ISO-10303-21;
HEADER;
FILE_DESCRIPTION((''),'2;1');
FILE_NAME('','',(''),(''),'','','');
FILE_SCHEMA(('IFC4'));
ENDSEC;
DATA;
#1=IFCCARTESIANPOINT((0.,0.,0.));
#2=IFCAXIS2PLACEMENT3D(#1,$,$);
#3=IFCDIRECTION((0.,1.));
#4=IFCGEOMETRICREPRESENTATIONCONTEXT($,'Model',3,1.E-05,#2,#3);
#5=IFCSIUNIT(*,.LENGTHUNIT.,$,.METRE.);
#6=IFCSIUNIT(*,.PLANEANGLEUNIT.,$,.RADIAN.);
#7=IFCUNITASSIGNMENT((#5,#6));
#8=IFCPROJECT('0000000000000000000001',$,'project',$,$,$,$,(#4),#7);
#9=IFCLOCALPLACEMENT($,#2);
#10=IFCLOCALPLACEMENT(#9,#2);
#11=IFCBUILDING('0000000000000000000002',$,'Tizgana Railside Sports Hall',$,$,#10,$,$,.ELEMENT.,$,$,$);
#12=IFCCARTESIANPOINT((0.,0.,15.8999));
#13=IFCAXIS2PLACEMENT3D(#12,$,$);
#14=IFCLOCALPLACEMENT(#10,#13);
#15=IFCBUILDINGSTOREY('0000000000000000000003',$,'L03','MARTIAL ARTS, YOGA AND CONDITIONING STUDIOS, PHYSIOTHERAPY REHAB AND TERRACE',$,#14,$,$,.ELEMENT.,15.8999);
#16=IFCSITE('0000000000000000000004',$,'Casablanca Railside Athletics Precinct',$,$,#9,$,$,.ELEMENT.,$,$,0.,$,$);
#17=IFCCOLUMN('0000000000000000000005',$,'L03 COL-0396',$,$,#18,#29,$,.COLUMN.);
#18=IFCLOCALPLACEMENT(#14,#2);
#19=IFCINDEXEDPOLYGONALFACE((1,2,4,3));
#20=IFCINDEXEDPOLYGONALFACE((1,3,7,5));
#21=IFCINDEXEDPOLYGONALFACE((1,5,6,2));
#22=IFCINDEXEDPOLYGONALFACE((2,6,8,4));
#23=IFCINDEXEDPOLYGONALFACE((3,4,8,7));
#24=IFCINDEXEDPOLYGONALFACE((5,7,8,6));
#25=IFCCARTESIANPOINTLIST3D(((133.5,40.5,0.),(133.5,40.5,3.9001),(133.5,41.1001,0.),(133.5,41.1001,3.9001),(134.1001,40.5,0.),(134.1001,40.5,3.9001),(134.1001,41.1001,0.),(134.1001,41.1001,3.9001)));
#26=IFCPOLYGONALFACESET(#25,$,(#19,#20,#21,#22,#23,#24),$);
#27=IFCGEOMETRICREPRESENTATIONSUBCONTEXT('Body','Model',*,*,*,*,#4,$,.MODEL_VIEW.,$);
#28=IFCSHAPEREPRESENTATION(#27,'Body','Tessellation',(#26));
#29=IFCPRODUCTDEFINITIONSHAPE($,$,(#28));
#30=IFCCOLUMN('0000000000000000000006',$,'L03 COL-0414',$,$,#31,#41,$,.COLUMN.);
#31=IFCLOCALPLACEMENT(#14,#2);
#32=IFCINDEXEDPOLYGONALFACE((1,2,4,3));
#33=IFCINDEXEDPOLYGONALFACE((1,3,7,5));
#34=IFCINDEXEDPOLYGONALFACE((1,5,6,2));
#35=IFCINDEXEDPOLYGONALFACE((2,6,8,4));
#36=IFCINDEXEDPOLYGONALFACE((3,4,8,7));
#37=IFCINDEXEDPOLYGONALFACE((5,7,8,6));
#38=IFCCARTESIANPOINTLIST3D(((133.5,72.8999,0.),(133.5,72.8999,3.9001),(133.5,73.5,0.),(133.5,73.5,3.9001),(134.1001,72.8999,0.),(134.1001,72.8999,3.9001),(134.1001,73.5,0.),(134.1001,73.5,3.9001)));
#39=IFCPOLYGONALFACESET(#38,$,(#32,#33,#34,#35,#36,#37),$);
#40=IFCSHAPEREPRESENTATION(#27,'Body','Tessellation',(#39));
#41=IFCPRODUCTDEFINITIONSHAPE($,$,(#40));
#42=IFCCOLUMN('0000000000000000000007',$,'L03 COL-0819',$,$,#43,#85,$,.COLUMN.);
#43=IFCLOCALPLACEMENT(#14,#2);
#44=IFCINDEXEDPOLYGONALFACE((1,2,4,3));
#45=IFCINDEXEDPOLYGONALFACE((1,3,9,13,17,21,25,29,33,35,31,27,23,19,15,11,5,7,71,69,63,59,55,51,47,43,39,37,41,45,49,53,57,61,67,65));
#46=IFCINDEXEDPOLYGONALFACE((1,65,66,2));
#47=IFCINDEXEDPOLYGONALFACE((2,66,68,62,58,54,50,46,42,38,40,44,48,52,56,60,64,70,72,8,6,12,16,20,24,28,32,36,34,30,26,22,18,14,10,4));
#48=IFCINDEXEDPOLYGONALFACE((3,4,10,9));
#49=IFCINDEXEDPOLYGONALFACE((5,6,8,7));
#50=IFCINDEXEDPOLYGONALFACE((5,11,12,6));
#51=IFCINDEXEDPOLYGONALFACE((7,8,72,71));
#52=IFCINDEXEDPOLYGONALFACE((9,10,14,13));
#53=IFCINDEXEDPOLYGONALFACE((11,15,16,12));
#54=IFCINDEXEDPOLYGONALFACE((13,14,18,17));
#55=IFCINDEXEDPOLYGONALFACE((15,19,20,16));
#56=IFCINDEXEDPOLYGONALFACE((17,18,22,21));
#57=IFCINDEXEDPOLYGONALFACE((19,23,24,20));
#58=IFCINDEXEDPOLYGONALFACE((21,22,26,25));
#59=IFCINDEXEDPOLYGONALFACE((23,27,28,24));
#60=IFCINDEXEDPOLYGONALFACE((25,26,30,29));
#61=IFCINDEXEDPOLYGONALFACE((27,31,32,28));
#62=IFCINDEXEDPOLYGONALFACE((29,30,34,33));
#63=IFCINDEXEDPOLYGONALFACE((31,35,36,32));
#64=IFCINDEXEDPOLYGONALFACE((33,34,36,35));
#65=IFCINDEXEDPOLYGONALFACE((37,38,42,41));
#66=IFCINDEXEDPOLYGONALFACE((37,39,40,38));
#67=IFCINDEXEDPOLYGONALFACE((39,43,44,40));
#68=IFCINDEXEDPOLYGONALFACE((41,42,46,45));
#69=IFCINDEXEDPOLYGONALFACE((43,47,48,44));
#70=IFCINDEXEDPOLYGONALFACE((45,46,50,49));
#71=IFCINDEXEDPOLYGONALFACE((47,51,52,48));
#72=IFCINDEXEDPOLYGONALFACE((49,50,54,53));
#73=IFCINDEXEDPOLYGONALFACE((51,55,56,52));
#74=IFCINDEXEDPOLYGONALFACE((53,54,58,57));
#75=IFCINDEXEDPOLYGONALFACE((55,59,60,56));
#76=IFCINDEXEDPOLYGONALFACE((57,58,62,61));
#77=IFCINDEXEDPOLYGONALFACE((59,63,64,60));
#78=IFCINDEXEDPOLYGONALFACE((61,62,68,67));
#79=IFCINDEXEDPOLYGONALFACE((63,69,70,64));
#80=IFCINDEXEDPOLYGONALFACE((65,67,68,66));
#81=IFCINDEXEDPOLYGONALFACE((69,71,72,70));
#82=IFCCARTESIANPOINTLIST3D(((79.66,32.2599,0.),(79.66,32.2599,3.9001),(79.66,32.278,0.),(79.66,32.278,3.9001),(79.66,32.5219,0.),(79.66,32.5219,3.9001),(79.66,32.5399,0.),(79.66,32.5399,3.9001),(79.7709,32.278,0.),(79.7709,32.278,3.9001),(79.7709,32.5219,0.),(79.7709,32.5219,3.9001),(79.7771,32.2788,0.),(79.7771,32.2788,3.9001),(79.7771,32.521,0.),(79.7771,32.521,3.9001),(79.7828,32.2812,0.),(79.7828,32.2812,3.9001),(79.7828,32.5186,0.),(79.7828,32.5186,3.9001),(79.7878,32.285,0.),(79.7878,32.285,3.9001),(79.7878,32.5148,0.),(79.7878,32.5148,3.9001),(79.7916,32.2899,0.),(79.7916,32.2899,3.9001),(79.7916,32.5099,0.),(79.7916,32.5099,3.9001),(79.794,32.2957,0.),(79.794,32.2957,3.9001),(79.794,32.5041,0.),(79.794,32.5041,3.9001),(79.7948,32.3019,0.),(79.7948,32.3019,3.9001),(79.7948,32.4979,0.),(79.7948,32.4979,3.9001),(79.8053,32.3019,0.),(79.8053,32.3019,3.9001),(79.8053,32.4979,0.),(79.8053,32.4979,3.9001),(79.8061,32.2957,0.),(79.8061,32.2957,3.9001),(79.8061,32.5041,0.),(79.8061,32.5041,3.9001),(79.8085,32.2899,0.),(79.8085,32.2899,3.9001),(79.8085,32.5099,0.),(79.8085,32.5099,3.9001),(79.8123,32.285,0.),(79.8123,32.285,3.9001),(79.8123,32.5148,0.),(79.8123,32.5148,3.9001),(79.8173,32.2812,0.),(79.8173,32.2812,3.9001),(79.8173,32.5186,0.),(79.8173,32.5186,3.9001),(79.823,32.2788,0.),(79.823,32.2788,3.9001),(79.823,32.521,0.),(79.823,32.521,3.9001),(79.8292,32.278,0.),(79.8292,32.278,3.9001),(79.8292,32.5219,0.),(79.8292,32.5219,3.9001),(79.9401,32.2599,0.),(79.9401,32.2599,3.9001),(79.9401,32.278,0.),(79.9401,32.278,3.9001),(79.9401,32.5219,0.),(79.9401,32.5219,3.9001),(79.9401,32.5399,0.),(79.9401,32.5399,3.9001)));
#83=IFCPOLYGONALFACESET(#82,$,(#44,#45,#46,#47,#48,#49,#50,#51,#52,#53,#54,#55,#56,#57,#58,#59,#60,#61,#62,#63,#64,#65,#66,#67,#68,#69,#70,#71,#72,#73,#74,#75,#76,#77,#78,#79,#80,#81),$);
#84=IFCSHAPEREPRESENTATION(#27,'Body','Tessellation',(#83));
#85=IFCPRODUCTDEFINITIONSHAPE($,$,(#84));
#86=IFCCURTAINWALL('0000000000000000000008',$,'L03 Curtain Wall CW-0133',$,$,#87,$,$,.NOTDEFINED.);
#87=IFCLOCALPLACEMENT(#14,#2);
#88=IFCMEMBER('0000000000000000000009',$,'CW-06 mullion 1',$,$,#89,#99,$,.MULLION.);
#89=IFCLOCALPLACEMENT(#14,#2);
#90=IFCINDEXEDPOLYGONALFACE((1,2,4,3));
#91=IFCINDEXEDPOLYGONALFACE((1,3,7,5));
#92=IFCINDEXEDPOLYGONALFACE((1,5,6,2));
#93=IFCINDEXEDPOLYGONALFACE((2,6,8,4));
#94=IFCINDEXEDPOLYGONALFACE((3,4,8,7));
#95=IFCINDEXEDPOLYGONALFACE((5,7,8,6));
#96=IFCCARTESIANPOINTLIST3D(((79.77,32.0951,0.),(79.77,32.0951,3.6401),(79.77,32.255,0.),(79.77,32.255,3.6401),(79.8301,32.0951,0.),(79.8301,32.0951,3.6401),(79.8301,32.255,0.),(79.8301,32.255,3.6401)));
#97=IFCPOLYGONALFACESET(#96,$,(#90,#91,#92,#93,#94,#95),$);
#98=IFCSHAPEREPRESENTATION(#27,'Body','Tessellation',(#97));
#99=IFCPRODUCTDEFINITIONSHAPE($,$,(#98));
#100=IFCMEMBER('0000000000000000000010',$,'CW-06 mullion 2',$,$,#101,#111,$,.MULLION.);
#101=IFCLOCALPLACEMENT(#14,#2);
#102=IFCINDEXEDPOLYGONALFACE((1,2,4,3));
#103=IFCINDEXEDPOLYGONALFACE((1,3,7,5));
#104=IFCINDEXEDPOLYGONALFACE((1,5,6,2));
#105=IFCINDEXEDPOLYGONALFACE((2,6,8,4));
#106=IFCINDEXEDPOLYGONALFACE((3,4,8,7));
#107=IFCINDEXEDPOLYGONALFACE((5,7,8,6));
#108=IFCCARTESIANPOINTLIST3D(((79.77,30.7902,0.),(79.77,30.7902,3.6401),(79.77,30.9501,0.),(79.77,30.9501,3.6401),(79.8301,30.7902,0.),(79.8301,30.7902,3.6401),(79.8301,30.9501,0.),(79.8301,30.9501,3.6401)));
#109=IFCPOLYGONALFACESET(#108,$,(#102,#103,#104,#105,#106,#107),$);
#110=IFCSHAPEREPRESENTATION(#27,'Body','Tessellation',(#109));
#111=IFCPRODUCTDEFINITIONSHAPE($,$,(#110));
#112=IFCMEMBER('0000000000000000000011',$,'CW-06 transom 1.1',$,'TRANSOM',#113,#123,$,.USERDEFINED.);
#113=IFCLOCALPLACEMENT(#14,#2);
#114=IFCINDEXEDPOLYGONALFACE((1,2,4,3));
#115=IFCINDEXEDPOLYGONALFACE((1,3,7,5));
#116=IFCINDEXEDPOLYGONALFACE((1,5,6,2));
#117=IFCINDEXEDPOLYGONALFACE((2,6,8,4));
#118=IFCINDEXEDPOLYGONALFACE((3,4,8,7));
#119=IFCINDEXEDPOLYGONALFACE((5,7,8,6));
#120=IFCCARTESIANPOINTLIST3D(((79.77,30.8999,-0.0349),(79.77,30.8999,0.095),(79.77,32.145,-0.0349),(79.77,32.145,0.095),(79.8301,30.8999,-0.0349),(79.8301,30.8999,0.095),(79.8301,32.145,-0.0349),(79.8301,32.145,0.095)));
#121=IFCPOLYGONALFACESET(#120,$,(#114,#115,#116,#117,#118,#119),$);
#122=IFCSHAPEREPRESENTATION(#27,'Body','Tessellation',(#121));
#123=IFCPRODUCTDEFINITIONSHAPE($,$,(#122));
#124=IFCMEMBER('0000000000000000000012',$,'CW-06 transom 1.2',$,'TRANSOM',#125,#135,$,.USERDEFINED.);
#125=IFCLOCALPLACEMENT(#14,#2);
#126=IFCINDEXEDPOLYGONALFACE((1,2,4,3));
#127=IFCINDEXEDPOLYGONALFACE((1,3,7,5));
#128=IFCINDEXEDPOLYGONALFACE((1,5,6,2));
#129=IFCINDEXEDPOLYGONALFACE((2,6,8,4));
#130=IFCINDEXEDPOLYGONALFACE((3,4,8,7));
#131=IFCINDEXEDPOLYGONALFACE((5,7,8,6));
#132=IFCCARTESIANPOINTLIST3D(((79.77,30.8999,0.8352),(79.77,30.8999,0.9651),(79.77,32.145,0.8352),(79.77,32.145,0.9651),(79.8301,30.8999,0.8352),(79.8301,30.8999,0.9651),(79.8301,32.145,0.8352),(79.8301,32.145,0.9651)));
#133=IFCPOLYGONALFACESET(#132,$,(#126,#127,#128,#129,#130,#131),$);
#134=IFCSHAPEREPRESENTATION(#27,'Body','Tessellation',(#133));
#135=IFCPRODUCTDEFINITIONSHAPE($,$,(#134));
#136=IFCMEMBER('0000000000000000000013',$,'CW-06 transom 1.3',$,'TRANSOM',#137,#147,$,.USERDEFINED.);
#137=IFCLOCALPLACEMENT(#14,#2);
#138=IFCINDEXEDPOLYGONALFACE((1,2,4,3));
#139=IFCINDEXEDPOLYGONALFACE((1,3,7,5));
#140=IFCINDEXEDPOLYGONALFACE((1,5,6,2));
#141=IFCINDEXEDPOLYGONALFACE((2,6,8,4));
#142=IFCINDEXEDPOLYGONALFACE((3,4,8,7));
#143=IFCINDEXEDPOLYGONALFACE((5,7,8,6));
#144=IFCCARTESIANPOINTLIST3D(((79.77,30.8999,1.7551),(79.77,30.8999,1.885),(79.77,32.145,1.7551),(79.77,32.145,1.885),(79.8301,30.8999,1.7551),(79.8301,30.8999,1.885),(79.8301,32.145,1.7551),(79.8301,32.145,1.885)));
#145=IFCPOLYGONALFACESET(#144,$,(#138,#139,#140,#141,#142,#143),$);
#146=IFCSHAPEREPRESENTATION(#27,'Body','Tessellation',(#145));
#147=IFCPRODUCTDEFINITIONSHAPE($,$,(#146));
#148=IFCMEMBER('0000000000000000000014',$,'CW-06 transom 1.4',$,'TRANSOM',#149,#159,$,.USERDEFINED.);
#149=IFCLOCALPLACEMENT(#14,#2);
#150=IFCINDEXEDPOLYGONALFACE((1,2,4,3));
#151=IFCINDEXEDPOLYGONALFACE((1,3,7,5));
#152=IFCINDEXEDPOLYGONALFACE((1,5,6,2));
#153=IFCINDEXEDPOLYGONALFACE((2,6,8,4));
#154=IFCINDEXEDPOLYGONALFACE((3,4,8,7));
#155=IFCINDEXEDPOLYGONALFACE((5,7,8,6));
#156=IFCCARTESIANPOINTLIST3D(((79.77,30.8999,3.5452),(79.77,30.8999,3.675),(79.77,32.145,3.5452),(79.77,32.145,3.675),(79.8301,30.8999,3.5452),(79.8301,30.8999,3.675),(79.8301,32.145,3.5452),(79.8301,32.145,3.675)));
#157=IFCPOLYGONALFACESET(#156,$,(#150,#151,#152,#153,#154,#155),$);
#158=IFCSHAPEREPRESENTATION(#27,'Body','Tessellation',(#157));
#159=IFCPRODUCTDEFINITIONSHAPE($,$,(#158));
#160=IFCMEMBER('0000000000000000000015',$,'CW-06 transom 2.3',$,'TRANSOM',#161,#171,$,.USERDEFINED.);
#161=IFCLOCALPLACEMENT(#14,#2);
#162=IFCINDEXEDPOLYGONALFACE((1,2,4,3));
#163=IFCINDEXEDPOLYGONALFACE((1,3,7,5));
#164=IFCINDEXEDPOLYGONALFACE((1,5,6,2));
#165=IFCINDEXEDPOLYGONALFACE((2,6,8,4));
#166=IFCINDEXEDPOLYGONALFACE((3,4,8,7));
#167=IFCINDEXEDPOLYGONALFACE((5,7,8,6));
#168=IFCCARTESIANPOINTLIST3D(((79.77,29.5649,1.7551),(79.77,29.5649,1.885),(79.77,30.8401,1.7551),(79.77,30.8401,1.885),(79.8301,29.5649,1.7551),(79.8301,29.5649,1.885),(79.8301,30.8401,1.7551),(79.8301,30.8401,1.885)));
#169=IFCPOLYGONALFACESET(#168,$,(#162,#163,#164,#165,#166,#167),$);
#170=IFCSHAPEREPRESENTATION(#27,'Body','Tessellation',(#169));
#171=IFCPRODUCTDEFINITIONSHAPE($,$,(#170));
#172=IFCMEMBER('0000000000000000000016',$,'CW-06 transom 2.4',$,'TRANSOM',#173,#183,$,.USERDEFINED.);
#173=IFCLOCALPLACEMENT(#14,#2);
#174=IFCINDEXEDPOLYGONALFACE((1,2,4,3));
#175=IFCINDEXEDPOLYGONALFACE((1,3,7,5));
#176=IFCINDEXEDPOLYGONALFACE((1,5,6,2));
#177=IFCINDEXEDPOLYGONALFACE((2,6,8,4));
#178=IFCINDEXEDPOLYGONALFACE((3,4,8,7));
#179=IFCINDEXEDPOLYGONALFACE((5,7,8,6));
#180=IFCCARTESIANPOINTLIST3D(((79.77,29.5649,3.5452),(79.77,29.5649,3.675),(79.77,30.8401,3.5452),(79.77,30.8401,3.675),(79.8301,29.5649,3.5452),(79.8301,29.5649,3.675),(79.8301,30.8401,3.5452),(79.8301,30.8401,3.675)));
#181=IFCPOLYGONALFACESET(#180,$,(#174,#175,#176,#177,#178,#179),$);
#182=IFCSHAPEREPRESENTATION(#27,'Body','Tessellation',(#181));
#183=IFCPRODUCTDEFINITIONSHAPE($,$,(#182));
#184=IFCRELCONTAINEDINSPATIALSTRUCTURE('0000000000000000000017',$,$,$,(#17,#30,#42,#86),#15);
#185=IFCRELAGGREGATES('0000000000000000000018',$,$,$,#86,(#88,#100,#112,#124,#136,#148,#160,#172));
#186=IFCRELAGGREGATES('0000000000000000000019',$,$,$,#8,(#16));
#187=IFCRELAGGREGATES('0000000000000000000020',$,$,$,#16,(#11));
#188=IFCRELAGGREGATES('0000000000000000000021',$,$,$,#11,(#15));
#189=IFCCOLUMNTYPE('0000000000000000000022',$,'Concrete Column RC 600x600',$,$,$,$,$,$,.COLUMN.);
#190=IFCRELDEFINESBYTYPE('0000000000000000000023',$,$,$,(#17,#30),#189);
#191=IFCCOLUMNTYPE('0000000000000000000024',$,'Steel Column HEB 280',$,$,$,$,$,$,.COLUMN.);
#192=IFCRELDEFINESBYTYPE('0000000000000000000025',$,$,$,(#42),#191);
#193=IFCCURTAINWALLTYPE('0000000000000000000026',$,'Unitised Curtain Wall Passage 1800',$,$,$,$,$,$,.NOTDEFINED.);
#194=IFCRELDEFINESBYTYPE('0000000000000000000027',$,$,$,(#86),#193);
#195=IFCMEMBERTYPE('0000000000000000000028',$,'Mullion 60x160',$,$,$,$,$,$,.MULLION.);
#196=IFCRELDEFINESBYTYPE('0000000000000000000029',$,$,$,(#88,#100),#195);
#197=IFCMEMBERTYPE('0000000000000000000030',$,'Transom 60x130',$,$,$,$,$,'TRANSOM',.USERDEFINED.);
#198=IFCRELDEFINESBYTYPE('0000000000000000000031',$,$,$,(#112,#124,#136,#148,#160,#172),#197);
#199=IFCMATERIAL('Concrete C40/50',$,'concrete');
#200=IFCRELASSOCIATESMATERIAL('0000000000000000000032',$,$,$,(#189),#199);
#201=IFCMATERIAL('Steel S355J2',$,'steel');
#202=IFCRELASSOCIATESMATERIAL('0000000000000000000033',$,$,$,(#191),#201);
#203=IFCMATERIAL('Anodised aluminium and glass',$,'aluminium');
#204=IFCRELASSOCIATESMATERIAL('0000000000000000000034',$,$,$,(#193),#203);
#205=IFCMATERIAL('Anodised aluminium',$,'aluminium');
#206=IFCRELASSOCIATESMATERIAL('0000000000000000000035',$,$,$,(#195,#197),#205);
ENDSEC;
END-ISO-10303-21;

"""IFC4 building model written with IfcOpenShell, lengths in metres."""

from ifc_helpers import new_model, si_unit, direction, frame, origin, origin_2d, place, context, subcontext, project, spatial, rectangle, i_section, extrude, material, material_profile, profile_set, type_object, element, aggregate, save


model = new_model("IFC4")

# Units and contexts
model_context = context("Model", 3, precision=1e-05, world=origin(), true_north=direction((0.0, 1.0)))
body_context = subcontext(model_context, "Body", "Model", "MODEL_VIEW")
ifc_project = project(units=[si_unit("LENGTHUNIT", "METRE"), si_unit("PLANEANGLEUNIT", "RADIAN")], contexts=[model_context])

# Site, building, storey
site_placement = place(None, origin())
site = spatial("IfcSite", under=ifc_project, at=site_placement, Name="Casablanca Railside Athletics Precinct", CompositionType="ELEMENT", RefElevation=0.0)
building_placement = place(site_placement, origin())
building = spatial("IfcBuilding", under=site, at=building_placement, Name="Tizgana Railside Sports Hall", CompositionType="ELEMENT")
storey_placement = place(building_placement, frame((0.0, 0.0, 15.8999)))
storey = spatial("IfcBuildingStorey", under=building, at=storey_placement, Name="L03", Description="MARTIAL ARTS, YOGA AND CONDITIONING STUDIOS, PHYSIOTHERAPY REHAB AND TERRACE", CompositionType="ELEMENT", Elevation=15.8999)

# Columns
ifc_material_1 = material(Name="Concrete C40/50", Category="concrete")
ifc_material_profile_1 = material_profile(ifc_material_1, rectangle(XDim=0.6001, YDim=0.6001, at=origin_2d()), Name="RC 600x600")
ifc_profile_set_1 = profile_set([ifc_material_profile_1], Name="Concrete C40/50")
column_type_1 = type_object("IfcColumnType", Name="Concrete Column RC 600x600", PredefinedType="COLUMN", material=ifc_profile_set_1)
for number, where, z_axis, x_axis, name in (
    (1, (133.8, 40.8, 0.0), (0.0, 0.0, 1.0), (1.0, 0.0, 0.0), "L03 COL-0396"),
    (2, (133.8, 73.2, 0.0), (0.0, 0.0, 1.0), (1.0, 0.0, 0.0), "L03 COL-0414"),
):
    element("IfcColumn", number, at=place(storey_placement, frame(where, z_axis=z_axis, x_axis=x_axis)), inside=storey, type_object=column_type_1, Name=name, PredefinedType="COLUMN", context=body_context, shape_type="SweptSolid", body=[
        extrude(rectangle(XDim=0.6001, YDim=0.6001, at=origin_2d()), origin(), (0.0, 0.0, 1.0), 3.9001),
    ])
ifc_material_2 = material(Name="Steel S355J2", Category="steel")
ifc_material_profile_2 = material_profile(ifc_material_2, i_section(OverallWidth=0.28, OverallDepth=0.28, WebThickness=0.0105, FlangeThickness=0.0181, FilletRadius=0.0239, at=origin_2d()), Name="HEB 280")
ifc_profile_set_2 = profile_set([ifc_material_profile_2], Name="Steel S355J2")
column_type_2 = type_object("IfcColumnType", Name="Steel Column HEB 280", PredefinedType="COLUMN", material=ifc_profile_set_2)
column_placement = place(storey_placement, frame((79.8, 32.3999, 0.0), z_axis=(0.0, 0.0, 1.0), x_axis=(1.0, 0.0, 0.0)))
element("IfcColumn", 3, at=column_placement, inside=storey, type_object=column_type_2, Name="L03 COL-0819", PredefinedType="COLUMN", context=body_context, shape_type="SweptSolid", body=[
    extrude(i_section(OverallWidth=0.28, OverallDepth=0.28, WebThickness=0.0105, FlangeThickness=0.0181, FilletRadius=0.0239, at=origin_2d()), origin(), (0.0, 0.0, 1.0), 3.9001),
])

# Curtain wall, members
ifc_material_3 = material(Name="Anodised aluminium and glass", Category="aluminium")
curtain_wall_type = type_object("IfcCurtainWallType", Name="Unitised Curtain Wall Passage 1800", PredefinedType="NOTDEFINED", material=ifc_material_3)
curtain_wall_placement = place(storey_placement, origin())
curtain_wall = element("IfcCurtainWall", 4, at=curtain_wall_placement, inside=storey, type_object=curtain_wall_type, Name="L03 Curtain Wall CW-0133", PredefinedType="NOTDEFINED")
ifc_material_4 = material(Name="Anodised aluminium", Category="aluminium")
ifc_material_profile_3 = material_profile(ifc_material_4, rectangle(XDim=0.0601, YDim=0.1599, at=origin_2d()), Name="Mullion 60x160")
ifc_profile_set_3 = profile_set([ifc_material_profile_3], Name="Anodised aluminium")
member_type_1 = type_object("IfcMemberType", Name="Mullion 60x160", PredefinedType="MULLION", material=ifc_profile_set_3)
member_1_placement = place(storey_placement, frame((79.8, 32.175, 0.0), z_axis=(0.0, 0.0, 1.0), x_axis=(1.0, 0.0, 0.0)))
member_1 = element("IfcMember", 5, at=member_1_placement, type_object=member_type_1, Name="CW-06 mullion 1", PredefinedType="MULLION", context=body_context, shape_type="SweptSolid", body=[
    extrude(rectangle(XDim=0.0601, YDim=0.1599, at=origin_2d()), origin(), (0.0, 0.0, 1.0), 3.6401),
])
member_2_placement = place(storey_placement, frame((79.8, 30.8701, 0.0), z_axis=(0.0, 0.0, 1.0), x_axis=(1.0, 0.0, 0.0)))
member_2 = element("IfcMember", 6, at=member_2_placement, type_object=member_type_1, Name="CW-06 mullion 2", PredefinedType="MULLION", context=body_context, shape_type="SweptSolid", body=[
    extrude(rectangle(XDim=0.0601, YDim=0.1599, at=origin_2d()), origin(), (0.0, 0.0, 1.0), 3.6401),
])
ifc_material_profile_4 = material_profile(ifc_material_4, rectangle(XDim=0.0601, YDim=0.1299, at=origin_2d()), Name="Transom 60x130")
ifc_profile_set_4 = profile_set([ifc_material_profile_4], Name="Anodised aluminium")
member_type_2 = type_object("IfcMemberType", Name="Transom 60x130", ElementType="TRANSOM", PredefinedType="USERDEFINED", material=ifc_profile_set_4)
member_3_placement = place(storey_placement, frame((79.8, 32.145, 0.03), z_axis=(0.0, -1.0, 0.0), x_axis=(1.0, 0.0, 0.0)))
member_3 = element("IfcMember", 7, at=member_3_placement, type_object=member_type_2, Name="CW-06 transom 1.1", ObjectType="TRANSOM", PredefinedType="USERDEFINED", context=body_context, shape_type="SweptSolid", body=[
    extrude(rectangle(XDim=0.0601, YDim=0.1299, at=origin_2d()), origin(), (0.0, 0.0, 1.0), 1.2451),
])
member_4_placement = place(storey_placement, frame((79.8, 32.145, 0.9001), z_axis=(0.0, -1.0, 0.0), x_axis=(1.0, 0.0, 0.0)))
member_4 = element("IfcMember", 8, at=member_4_placement, type_object=member_type_2, Name="CW-06 transom 1.2", ObjectType="TRANSOM", PredefinedType="USERDEFINED", context=body_context, shape_type="SweptSolid", body=[
    extrude(rectangle(XDim=0.0601, YDim=0.1299, at=origin_2d()), origin(), (0.0, 0.0, 1.0), 1.2451),
])
member_5_placement = place(storey_placement, frame((79.8, 32.145, 1.8201), z_axis=(0.0, -1.0, 0.0), x_axis=(1.0, 0.0, 0.0)))
member_5 = element("IfcMember", 9, at=member_5_placement, type_object=member_type_2, Name="CW-06 transom 1.3", ObjectType="TRANSOM", PredefinedType="USERDEFINED", context=body_context, shape_type="SweptSolid", body=[
    extrude(rectangle(XDim=0.0601, YDim=0.1299, at=origin_2d()), origin(), (0.0, 0.0, 1.0), 1.2451),
])
member_6_placement = place(storey_placement, frame((79.8, 32.145, 3.6101), z_axis=(0.0, -1.0, 0.0), x_axis=(1.0, 0.0, 0.0)))
member_6 = element("IfcMember", 10, at=member_6_placement, type_object=member_type_2, Name="CW-06 transom 1.4", ObjectType="TRANSOM", PredefinedType="USERDEFINED", context=body_context, shape_type="SweptSolid", body=[
    extrude(rectangle(XDim=0.0601, YDim=0.1299, at=origin_2d()), origin(), (0.0, 0.0, 1.0), 1.2451),
])
member_7_placement = place(storey_placement, frame((79.8, 30.8401, 1.8201), z_axis=(0.0, -1.0, 0.0), x_axis=(1.0, 0.0, 0.0)))
member_7 = element("IfcMember", 11, at=member_7_placement, type_object=member_type_2, Name="CW-06 transom 2.3", ObjectType="TRANSOM", PredefinedType="USERDEFINED", context=body_context, shape_type="SweptSolid", body=[
    extrude(rectangle(XDim=0.0601, YDim=0.1299, at=origin_2d()), origin(), (0.0, 0.0, 1.0), 1.2751),
])
member_8_placement = place(storey_placement, frame((79.8, 30.8401, 3.6101), z_axis=(0.0, -1.0, 0.0), x_axis=(1.0, 0.0, 0.0)))
member_8 = element("IfcMember", 12, at=member_8_placement, type_object=member_type_2, Name="CW-06 transom 2.4", ObjectType="TRANSOM", PredefinedType="USERDEFINED", context=body_context, shape_type="SweptSolid", body=[
    extrude(rectangle(XDim=0.0601, YDim=0.1299, at=origin_2d()), origin(), (0.0, 0.0, 1.0), 1.2751),
])
aggregate(curtain_wall, [member_1, member_2, member_3, member_4, member_5, member_6, member_7, member_8])

save(model, "model.ifc")
